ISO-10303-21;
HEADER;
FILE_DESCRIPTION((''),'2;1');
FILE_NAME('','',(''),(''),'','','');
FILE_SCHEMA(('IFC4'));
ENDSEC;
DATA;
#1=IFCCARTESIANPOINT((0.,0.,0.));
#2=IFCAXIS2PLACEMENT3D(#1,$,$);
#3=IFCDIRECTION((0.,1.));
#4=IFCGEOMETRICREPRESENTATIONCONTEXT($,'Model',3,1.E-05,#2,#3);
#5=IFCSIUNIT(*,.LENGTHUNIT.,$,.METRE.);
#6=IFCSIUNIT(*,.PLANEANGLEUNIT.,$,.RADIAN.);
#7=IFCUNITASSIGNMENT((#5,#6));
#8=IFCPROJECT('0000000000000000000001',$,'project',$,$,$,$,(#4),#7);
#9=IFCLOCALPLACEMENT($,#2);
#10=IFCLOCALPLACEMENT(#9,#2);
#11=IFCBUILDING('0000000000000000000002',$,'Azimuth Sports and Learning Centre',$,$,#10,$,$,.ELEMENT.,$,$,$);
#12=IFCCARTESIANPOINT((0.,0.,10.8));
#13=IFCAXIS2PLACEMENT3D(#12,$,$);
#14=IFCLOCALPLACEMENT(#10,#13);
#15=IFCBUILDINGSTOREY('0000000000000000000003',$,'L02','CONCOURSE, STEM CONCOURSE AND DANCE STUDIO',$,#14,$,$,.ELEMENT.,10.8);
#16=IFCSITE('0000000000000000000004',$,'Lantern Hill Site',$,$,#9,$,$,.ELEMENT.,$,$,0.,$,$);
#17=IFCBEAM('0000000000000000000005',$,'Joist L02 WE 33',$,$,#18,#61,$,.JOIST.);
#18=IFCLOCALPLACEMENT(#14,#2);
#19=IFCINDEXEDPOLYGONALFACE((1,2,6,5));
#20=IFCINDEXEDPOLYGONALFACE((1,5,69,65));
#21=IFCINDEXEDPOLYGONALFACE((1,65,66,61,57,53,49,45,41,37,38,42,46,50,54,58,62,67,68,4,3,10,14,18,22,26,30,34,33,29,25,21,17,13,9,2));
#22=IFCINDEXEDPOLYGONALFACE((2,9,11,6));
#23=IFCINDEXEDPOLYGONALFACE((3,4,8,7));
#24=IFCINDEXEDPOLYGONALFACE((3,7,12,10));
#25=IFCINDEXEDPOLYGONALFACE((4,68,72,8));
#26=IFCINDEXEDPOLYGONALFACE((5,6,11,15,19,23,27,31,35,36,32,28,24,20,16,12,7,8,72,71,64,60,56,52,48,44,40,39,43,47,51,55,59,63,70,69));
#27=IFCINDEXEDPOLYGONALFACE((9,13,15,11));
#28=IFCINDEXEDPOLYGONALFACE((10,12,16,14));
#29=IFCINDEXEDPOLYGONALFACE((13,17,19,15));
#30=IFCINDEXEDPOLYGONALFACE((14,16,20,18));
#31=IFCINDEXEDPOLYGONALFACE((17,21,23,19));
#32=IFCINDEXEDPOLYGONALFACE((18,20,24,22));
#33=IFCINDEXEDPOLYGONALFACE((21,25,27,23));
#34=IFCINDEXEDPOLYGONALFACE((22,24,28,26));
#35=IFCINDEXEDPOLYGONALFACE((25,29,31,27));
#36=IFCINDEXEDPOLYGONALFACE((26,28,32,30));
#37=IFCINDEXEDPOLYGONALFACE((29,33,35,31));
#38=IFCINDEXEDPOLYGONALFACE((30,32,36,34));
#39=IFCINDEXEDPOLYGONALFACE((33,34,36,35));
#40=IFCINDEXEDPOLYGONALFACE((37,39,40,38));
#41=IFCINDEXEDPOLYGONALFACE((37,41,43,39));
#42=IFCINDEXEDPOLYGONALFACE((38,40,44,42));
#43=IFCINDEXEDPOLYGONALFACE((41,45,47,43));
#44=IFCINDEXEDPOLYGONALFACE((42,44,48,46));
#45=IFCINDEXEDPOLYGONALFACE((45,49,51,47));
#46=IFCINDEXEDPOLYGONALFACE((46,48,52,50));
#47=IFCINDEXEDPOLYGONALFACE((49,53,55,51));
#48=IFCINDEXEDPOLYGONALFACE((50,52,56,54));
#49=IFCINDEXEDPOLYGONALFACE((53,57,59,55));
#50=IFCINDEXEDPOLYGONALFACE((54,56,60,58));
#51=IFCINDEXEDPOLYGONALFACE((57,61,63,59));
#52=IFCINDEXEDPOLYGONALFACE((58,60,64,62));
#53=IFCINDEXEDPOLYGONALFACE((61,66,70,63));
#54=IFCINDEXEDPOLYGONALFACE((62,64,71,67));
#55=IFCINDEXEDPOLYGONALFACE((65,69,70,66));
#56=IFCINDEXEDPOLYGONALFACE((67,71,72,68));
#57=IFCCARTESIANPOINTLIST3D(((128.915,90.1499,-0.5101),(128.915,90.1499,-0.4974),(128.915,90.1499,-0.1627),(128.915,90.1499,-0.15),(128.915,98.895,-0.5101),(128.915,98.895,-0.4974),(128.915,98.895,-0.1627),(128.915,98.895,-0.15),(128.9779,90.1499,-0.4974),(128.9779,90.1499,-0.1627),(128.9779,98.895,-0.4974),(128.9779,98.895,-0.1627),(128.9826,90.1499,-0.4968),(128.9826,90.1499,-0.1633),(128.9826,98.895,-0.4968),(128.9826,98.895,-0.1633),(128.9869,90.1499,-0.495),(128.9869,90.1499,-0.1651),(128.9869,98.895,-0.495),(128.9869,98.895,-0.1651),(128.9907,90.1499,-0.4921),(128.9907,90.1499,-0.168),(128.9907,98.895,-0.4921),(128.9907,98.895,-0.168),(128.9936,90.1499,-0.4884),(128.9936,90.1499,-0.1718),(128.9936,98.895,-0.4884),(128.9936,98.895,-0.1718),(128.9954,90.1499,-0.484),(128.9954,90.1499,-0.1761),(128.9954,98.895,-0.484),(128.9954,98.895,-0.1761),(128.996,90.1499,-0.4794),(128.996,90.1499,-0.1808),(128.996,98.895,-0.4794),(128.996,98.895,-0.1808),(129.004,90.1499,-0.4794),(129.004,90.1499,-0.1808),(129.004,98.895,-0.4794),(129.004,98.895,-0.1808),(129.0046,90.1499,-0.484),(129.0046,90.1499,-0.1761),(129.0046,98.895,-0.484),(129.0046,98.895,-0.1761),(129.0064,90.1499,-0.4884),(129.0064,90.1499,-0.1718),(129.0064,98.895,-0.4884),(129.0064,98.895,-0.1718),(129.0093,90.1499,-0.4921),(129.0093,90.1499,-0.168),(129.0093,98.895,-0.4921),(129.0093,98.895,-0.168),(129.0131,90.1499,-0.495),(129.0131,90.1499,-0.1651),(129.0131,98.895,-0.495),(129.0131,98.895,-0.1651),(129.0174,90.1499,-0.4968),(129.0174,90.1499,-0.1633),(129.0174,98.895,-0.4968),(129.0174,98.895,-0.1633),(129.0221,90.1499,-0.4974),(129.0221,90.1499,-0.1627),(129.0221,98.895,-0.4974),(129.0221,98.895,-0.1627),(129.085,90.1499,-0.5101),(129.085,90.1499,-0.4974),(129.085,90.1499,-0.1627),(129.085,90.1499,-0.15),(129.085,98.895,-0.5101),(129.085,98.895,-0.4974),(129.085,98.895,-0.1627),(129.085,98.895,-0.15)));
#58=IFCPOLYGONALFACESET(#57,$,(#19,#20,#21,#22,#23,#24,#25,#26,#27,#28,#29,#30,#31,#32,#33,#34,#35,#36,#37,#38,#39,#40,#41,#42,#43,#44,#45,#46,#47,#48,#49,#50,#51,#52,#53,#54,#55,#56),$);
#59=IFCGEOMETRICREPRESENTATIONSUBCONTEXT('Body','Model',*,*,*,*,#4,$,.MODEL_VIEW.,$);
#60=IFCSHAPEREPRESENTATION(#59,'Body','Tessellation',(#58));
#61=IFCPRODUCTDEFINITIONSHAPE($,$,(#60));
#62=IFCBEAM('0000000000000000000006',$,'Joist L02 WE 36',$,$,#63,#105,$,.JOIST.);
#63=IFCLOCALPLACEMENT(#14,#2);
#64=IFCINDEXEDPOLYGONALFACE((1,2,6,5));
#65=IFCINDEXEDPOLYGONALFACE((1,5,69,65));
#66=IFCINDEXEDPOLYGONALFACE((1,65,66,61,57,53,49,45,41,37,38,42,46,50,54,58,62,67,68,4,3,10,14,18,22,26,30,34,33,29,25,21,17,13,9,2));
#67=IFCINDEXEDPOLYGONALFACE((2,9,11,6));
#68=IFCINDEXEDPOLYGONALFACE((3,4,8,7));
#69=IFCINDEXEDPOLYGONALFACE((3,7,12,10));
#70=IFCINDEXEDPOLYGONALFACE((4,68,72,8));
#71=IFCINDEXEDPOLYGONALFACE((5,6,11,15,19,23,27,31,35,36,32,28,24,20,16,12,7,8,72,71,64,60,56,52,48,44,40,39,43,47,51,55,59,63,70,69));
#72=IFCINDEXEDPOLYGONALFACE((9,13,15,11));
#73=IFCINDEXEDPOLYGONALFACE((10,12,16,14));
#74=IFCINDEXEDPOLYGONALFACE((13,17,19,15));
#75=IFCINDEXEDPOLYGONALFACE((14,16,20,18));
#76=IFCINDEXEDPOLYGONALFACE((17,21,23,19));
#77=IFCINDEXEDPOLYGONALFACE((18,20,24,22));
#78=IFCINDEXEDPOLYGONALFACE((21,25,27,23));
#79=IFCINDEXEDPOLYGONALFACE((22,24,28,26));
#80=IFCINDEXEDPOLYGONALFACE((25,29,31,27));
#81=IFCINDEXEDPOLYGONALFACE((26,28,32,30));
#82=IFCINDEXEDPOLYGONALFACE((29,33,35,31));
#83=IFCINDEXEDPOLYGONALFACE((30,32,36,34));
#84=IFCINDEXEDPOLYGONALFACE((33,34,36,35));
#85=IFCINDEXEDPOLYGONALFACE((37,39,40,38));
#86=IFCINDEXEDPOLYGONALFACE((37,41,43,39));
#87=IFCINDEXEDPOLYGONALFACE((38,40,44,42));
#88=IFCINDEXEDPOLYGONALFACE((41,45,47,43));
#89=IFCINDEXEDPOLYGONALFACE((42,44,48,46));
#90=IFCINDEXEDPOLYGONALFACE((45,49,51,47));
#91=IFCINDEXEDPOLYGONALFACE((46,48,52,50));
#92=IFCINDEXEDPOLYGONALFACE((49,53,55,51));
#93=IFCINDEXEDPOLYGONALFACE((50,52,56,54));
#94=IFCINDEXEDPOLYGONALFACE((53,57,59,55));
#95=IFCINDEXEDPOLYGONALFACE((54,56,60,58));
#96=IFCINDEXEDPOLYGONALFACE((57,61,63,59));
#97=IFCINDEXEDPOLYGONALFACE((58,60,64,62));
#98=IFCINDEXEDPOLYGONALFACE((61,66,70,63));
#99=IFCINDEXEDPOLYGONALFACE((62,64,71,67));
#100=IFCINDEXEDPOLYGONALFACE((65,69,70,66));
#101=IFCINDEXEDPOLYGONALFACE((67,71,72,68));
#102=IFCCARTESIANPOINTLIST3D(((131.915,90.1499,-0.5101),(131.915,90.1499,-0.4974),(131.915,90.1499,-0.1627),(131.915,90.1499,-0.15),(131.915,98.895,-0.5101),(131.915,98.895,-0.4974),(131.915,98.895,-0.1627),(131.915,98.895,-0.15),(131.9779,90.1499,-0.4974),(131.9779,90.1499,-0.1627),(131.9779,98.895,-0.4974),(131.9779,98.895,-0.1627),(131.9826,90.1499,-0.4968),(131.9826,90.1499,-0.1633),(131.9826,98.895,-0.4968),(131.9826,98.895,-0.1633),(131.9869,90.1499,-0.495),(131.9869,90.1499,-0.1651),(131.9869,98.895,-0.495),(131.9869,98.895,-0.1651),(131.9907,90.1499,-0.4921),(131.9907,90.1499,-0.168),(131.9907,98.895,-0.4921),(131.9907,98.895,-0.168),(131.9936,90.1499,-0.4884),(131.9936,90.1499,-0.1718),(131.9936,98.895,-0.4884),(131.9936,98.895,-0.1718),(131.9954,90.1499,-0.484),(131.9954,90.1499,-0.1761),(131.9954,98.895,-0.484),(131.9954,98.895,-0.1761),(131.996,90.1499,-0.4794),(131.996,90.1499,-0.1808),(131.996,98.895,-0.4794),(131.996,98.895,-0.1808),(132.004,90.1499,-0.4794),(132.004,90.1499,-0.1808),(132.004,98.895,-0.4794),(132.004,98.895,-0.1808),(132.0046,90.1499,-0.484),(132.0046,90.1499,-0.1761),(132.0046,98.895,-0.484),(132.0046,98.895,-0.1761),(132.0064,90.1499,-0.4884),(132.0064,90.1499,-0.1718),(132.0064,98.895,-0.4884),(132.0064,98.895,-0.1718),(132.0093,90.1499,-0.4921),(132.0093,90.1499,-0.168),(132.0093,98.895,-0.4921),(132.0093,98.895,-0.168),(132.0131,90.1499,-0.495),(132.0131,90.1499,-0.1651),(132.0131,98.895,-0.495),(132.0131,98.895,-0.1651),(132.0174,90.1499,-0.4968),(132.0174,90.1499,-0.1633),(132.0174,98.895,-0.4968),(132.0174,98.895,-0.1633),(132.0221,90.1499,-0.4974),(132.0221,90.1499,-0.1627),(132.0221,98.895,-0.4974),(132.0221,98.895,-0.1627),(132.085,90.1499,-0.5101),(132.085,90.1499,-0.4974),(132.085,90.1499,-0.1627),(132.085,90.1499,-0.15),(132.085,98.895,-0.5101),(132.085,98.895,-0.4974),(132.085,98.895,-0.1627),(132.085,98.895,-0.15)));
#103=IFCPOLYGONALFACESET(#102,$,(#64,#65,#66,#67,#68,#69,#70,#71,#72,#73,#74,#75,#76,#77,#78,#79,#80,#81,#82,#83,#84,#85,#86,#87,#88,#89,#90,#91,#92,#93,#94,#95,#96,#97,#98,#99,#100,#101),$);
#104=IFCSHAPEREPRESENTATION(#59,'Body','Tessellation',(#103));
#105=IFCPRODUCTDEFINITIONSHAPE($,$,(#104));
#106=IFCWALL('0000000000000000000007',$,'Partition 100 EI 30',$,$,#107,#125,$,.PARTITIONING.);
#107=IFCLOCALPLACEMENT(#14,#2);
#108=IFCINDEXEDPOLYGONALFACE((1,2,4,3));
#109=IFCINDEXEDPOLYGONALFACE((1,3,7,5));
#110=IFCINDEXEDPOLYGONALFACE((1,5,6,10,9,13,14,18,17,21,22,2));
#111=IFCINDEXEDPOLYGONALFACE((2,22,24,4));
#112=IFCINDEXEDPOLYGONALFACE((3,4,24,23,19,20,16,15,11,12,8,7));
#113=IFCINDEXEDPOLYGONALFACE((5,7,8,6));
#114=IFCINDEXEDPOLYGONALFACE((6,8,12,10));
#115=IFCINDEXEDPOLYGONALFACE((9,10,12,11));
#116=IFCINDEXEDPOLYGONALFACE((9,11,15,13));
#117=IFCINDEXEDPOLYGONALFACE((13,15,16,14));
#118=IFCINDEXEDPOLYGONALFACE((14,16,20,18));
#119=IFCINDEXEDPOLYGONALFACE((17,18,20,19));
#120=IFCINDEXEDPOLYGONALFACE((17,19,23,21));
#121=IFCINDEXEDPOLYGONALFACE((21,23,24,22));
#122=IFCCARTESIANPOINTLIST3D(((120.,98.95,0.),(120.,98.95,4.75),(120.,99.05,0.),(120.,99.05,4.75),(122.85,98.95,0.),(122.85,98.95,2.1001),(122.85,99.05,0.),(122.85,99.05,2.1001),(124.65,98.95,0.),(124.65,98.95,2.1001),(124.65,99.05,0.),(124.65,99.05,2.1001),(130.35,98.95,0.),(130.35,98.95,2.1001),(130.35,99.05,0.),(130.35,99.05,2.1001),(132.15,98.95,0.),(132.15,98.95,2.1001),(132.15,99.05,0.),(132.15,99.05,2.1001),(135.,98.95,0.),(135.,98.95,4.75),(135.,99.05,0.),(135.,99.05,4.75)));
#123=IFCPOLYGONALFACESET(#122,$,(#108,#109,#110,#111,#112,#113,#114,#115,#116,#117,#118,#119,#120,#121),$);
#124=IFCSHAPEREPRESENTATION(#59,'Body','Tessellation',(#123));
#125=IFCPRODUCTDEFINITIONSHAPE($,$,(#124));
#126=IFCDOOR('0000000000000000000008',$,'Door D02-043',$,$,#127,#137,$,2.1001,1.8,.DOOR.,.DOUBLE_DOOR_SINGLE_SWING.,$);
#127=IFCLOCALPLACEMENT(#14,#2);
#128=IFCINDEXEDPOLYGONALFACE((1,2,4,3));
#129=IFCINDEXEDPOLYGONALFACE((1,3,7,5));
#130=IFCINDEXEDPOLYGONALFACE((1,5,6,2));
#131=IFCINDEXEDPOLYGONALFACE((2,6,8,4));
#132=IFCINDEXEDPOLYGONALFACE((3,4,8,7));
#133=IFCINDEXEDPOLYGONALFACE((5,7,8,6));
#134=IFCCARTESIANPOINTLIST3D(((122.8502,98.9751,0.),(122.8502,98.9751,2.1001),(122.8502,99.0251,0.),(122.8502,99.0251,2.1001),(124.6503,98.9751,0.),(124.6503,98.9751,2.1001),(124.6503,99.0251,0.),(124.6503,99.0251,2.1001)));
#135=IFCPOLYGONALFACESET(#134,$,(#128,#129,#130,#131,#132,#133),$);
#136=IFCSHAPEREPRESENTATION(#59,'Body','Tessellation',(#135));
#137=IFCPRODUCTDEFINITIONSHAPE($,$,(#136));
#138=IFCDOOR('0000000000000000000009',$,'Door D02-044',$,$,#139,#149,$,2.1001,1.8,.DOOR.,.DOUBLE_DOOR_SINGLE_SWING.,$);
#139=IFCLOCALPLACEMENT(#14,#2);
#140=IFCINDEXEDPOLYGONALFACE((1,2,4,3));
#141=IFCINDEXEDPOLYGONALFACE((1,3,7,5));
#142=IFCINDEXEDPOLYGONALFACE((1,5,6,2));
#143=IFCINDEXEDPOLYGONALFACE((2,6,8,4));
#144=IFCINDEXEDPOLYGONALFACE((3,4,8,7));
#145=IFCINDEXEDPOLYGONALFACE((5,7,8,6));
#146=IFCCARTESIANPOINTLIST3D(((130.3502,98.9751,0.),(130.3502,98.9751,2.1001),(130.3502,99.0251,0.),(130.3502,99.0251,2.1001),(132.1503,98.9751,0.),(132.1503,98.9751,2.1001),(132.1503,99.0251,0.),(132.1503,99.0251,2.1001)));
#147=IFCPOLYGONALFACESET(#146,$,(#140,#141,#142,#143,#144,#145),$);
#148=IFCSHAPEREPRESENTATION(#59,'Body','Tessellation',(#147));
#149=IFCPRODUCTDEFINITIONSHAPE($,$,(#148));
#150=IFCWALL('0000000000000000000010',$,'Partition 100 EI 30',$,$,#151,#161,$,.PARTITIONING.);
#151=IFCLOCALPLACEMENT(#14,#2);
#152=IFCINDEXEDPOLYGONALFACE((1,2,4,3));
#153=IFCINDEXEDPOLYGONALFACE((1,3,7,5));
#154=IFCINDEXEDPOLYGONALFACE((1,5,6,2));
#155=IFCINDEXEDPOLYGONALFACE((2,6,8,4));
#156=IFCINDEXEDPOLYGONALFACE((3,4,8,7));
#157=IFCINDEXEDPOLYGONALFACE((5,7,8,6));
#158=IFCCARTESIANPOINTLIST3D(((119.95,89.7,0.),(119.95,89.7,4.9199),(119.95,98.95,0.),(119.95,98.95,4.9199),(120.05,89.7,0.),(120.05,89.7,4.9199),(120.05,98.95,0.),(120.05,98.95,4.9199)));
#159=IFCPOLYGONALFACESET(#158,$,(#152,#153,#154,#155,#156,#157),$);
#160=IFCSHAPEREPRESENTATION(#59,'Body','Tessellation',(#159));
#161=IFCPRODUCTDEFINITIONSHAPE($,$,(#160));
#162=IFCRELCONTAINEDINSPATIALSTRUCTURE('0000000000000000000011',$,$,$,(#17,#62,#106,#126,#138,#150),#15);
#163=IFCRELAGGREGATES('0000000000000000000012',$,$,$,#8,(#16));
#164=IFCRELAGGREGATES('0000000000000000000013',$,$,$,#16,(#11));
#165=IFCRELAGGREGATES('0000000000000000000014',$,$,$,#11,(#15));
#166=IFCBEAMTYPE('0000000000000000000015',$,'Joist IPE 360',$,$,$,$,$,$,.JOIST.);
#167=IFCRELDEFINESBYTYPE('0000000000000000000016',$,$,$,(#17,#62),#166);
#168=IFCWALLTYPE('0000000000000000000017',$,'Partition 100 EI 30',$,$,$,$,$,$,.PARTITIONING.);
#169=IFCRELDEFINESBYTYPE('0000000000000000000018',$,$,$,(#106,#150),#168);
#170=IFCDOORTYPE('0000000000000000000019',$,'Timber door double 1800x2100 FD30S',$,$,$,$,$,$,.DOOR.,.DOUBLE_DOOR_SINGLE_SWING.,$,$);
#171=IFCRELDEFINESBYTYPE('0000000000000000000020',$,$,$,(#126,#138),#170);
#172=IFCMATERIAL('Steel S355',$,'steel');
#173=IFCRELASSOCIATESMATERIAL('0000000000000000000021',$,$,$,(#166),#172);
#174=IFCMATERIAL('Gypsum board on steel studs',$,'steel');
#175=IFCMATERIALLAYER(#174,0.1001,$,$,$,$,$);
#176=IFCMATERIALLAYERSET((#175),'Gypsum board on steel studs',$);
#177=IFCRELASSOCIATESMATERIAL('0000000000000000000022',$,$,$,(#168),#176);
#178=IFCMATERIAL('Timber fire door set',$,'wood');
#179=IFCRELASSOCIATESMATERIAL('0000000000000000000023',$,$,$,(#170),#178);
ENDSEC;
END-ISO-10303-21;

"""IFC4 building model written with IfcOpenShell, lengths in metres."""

from ifc_helpers import new_model, si_unit, direction, frame, frame_2d, origin, origin_2d, place, context, subcontext, project, spatial, rectangle, i_section, extrude, material, layer, layer_set, material_profile, profile_set, type_object, element, fill, save


model = new_model("IFC4")

# Units and contexts
model_context = context("Model", 3, precision=1e-05, world=origin(), true_north=direction((0.0, 1.0)))
body_context = subcontext(model_context, "Body", "Model", "MODEL_VIEW")
ifc_project = project(units=[si_unit("LENGTHUNIT", "METRE"), si_unit("PLANEANGLEUNIT", "RADIAN")], contexts=[model_context])

# Site, building, storey
site_placement = place(None, origin())
site = spatial("IfcSite", under=ifc_project, at=site_placement, Name="Lantern Hill Site", CompositionType="ELEMENT", RefElevation=0.0)
building_placement = place(site_placement, origin())
building = spatial("IfcBuilding", under=site, at=building_placement, Name="Azimuth Sports and Learning Centre", CompositionType="ELEMENT")
storey_placement = place(building_placement, frame((0.0, 0.0, 10.8)))
storey = spatial("IfcBuildingStorey", under=building, at=storey_placement, Name="L02", Description="CONCOURSE, STEM CONCOURSE AND DANCE STUDIO", CompositionType="ELEMENT", Elevation=10.8)

# Beams
ifc_material_1 = material(Name="Steel S355", Category="steel")
ifc_material_profile_1 = material_profile(ifc_material_1, i_section(OverallWidth=0.1699, OverallDepth=0.3601, WebThickness=0.0081, FlangeThickness=0.0127, FilletRadius=0.0181, at=origin_2d()), Name="IPE 360")
ifc_profile_set_1 = profile_set([ifc_material_profile_1], Name="Steel S355")
beam_type_1 = type_object("IfcBeamType", Name="Joist IPE 360", PredefinedType="JOIST", material=ifc_profile_set_1)
for number, where, z_axis, x_axis, name in (
    (1, (129.0, 90.1499, -0.3301), (0.0, 1.0, 0.0), (-1.0, 0.0, 0.0), "Joist L02 WE 33"),
    (2, (132.0, 90.1499, -0.3301), (0.0, 1.0, 0.0), (-1.0, 0.0, 0.0), "Joist L02 WE 36"),
):
    element("IfcBeam", number, at=place(storey_placement, frame(where, z_axis=z_axis, x_axis=x_axis)), inside=storey, type_object=beam_type_1, Name=name, PredefinedType="JOIST", context=body_context, shape_type="SweptSolid", body=[
        extrude(i_section(OverallWidth=0.1699, OverallDepth=0.3601, WebThickness=0.0081, FlangeThickness=0.0127, FilletRadius=0.0181, at=origin_2d()), origin(), (0.0, 0.0, 1.0), 8.7451),
    ])

# Wall, openings, doors
ifc_material_2 = material(Name="Gypsum board on steel studs", Category="steel")
ifc_layer_1 = layer(ifc_material_2, 0.1001)
ifc_layer_set_1 = layer_set([ifc_layer_1], Name="Gypsum board on steel studs")
wall_type_1 = type_object("IfcWallType", Name="Partition 100 EI 30", PredefinedType="PARTITIONING", material=ifc_layer_set_1)
wall_1_placement = place(storey_placement, frame((120.0, 99.0, 0.0), z_axis=(0.0, 0.0, 1.0), x_axis=(1.0, 0.0, 0.0)))
wall_1 = element("IfcWall", 3, at=wall_1_placement, inside=storey, type_object=wall_type_1, Name="Partition 100 EI 30", PredefinedType="PARTITIONING", context=body_context, shape_type="SweptSolid", body=[
    extrude(rectangle(XDim=15.0, YDim=0.1001, at=frame_2d((7.5, 0.0))), origin(), (0.0, 0.0, 1.0), 4.75),
])
opening_1_placement = place(wall_1_placement, frame((2.8501, 0.0, 0.0)))
opening_1 = element("IfcOpeningElement", 4, at=opening_1_placement, cuts=wall_1, PredefinedType="OPENING", context=body_context, shape_type="SweptSolid", body=[
    extrude(rectangle(XDim=1.8, YDim=2.1001, at=frame_2d((0.8999, 1.05))), frame((0.0, 0.061, 0.0), z_axis=(0.0, -1.0, 0.0), x_axis=(1.0, 0.0, 0.0)), (0.0, 0.0, 1.0), 0.1221),
])
opening_2_placement = place(wall_1_placement, frame((10.3501, 0.0, 0.0)))
opening_2 = element("IfcOpeningElement", 5, at=opening_2_placement, cuts=wall_1, PredefinedType="OPENING", context=body_context, shape_type="SweptSolid", body=[
    extrude(rectangle(XDim=1.8, YDim=2.1001, at=frame_2d((0.8999, 1.05))), frame((0.0, 0.061, 0.0), z_axis=(0.0, -1.0, 0.0), x_axis=(1.0, 0.0, 0.0)), (0.0, 0.0, 1.0), 0.1221),
])
ifc_material_3 = material(Name="Timber fire door set", Category="wood")
door_type_1 = type_object("IfcDoorType", Name="Timber door double 1800x2100 FD30S", OperationType="DOUBLE_DOOR_SINGLE_SWING", PredefinedType="DOOR", material=ifc_material_3)
door_1_placement = place(opening_1_placement, frame((1.8, 0.0, 0.0), z_axis=(0.0, 0.0, 1.0), x_axis=(-1.0, 0.0, 0.0)))
door_1 = element("IfcDoor", 6, at=door_1_placement, inside=storey, type_object=door_type_1, Name="Door D02-043", OperationType="DOUBLE_DOOR_SINGLE_SWING", OverallHeight=2.1001, OverallWidth=1.8, PredefinedType="DOOR", context=body_context, shape_type="SweptSolid", body=[
    extrude(rectangle(XDim=1.8, YDim=2.1001, at=frame_2d((0.8999, 1.05))), frame((0.0, 0.0249, 0.0), z_axis=(0.0, -1.0, 0.0), x_axis=(1.0, 0.0, 0.0)), (0.0, 0.0, 1.0), 0.05),
])
fill(opening_1, door_1)
door_2_placement = place(opening_2_placement, frame((1.8, 0.0, 0.0), z_axis=(0.0, 0.0, 1.0), x_axis=(-1.0, 0.0, 0.0)))
door_2 = element("IfcDoor", 7, at=door_2_placement, inside=storey, type_object=door_type_1, Name="Door D02-044", OperationType="DOUBLE_DOOR_SINGLE_SWING", OverallHeight=2.1001, OverallWidth=1.8, PredefinedType="DOOR", context=body_context, shape_type="SweptSolid", body=[
    extrude(rectangle(XDim=1.8, YDim=2.1001, at=frame_2d((0.8999, 1.05))), frame((0.0, 0.0249, 0.0), z_axis=(0.0, -1.0, 0.0), x_axis=(1.0, 0.0, 0.0)), (0.0, 0.0, 1.0), 0.05),
])
fill(opening_2, door_2)

# Wall
wall_2_placement = place(storey_placement, frame((120.0, 89.7, 0.0), z_axis=(0.0, 0.0, 1.0), x_axis=(0.0, 1.0, 0.0)))
element("IfcWall", 8, at=wall_2_placement, inside=storey, type_object=wall_type_1, Name="Partition 100 EI 30", PredefinedType="PARTITIONING", context=body_context, shape_type="SweptSolid", body=[
    extrude(rectangle(XDim=9.25, YDim=0.1001, at=frame_2d((4.625, 0.0))), origin(), (0.0, 0.0, 1.0), 4.9199),
])

save(model, "model.ifc")
